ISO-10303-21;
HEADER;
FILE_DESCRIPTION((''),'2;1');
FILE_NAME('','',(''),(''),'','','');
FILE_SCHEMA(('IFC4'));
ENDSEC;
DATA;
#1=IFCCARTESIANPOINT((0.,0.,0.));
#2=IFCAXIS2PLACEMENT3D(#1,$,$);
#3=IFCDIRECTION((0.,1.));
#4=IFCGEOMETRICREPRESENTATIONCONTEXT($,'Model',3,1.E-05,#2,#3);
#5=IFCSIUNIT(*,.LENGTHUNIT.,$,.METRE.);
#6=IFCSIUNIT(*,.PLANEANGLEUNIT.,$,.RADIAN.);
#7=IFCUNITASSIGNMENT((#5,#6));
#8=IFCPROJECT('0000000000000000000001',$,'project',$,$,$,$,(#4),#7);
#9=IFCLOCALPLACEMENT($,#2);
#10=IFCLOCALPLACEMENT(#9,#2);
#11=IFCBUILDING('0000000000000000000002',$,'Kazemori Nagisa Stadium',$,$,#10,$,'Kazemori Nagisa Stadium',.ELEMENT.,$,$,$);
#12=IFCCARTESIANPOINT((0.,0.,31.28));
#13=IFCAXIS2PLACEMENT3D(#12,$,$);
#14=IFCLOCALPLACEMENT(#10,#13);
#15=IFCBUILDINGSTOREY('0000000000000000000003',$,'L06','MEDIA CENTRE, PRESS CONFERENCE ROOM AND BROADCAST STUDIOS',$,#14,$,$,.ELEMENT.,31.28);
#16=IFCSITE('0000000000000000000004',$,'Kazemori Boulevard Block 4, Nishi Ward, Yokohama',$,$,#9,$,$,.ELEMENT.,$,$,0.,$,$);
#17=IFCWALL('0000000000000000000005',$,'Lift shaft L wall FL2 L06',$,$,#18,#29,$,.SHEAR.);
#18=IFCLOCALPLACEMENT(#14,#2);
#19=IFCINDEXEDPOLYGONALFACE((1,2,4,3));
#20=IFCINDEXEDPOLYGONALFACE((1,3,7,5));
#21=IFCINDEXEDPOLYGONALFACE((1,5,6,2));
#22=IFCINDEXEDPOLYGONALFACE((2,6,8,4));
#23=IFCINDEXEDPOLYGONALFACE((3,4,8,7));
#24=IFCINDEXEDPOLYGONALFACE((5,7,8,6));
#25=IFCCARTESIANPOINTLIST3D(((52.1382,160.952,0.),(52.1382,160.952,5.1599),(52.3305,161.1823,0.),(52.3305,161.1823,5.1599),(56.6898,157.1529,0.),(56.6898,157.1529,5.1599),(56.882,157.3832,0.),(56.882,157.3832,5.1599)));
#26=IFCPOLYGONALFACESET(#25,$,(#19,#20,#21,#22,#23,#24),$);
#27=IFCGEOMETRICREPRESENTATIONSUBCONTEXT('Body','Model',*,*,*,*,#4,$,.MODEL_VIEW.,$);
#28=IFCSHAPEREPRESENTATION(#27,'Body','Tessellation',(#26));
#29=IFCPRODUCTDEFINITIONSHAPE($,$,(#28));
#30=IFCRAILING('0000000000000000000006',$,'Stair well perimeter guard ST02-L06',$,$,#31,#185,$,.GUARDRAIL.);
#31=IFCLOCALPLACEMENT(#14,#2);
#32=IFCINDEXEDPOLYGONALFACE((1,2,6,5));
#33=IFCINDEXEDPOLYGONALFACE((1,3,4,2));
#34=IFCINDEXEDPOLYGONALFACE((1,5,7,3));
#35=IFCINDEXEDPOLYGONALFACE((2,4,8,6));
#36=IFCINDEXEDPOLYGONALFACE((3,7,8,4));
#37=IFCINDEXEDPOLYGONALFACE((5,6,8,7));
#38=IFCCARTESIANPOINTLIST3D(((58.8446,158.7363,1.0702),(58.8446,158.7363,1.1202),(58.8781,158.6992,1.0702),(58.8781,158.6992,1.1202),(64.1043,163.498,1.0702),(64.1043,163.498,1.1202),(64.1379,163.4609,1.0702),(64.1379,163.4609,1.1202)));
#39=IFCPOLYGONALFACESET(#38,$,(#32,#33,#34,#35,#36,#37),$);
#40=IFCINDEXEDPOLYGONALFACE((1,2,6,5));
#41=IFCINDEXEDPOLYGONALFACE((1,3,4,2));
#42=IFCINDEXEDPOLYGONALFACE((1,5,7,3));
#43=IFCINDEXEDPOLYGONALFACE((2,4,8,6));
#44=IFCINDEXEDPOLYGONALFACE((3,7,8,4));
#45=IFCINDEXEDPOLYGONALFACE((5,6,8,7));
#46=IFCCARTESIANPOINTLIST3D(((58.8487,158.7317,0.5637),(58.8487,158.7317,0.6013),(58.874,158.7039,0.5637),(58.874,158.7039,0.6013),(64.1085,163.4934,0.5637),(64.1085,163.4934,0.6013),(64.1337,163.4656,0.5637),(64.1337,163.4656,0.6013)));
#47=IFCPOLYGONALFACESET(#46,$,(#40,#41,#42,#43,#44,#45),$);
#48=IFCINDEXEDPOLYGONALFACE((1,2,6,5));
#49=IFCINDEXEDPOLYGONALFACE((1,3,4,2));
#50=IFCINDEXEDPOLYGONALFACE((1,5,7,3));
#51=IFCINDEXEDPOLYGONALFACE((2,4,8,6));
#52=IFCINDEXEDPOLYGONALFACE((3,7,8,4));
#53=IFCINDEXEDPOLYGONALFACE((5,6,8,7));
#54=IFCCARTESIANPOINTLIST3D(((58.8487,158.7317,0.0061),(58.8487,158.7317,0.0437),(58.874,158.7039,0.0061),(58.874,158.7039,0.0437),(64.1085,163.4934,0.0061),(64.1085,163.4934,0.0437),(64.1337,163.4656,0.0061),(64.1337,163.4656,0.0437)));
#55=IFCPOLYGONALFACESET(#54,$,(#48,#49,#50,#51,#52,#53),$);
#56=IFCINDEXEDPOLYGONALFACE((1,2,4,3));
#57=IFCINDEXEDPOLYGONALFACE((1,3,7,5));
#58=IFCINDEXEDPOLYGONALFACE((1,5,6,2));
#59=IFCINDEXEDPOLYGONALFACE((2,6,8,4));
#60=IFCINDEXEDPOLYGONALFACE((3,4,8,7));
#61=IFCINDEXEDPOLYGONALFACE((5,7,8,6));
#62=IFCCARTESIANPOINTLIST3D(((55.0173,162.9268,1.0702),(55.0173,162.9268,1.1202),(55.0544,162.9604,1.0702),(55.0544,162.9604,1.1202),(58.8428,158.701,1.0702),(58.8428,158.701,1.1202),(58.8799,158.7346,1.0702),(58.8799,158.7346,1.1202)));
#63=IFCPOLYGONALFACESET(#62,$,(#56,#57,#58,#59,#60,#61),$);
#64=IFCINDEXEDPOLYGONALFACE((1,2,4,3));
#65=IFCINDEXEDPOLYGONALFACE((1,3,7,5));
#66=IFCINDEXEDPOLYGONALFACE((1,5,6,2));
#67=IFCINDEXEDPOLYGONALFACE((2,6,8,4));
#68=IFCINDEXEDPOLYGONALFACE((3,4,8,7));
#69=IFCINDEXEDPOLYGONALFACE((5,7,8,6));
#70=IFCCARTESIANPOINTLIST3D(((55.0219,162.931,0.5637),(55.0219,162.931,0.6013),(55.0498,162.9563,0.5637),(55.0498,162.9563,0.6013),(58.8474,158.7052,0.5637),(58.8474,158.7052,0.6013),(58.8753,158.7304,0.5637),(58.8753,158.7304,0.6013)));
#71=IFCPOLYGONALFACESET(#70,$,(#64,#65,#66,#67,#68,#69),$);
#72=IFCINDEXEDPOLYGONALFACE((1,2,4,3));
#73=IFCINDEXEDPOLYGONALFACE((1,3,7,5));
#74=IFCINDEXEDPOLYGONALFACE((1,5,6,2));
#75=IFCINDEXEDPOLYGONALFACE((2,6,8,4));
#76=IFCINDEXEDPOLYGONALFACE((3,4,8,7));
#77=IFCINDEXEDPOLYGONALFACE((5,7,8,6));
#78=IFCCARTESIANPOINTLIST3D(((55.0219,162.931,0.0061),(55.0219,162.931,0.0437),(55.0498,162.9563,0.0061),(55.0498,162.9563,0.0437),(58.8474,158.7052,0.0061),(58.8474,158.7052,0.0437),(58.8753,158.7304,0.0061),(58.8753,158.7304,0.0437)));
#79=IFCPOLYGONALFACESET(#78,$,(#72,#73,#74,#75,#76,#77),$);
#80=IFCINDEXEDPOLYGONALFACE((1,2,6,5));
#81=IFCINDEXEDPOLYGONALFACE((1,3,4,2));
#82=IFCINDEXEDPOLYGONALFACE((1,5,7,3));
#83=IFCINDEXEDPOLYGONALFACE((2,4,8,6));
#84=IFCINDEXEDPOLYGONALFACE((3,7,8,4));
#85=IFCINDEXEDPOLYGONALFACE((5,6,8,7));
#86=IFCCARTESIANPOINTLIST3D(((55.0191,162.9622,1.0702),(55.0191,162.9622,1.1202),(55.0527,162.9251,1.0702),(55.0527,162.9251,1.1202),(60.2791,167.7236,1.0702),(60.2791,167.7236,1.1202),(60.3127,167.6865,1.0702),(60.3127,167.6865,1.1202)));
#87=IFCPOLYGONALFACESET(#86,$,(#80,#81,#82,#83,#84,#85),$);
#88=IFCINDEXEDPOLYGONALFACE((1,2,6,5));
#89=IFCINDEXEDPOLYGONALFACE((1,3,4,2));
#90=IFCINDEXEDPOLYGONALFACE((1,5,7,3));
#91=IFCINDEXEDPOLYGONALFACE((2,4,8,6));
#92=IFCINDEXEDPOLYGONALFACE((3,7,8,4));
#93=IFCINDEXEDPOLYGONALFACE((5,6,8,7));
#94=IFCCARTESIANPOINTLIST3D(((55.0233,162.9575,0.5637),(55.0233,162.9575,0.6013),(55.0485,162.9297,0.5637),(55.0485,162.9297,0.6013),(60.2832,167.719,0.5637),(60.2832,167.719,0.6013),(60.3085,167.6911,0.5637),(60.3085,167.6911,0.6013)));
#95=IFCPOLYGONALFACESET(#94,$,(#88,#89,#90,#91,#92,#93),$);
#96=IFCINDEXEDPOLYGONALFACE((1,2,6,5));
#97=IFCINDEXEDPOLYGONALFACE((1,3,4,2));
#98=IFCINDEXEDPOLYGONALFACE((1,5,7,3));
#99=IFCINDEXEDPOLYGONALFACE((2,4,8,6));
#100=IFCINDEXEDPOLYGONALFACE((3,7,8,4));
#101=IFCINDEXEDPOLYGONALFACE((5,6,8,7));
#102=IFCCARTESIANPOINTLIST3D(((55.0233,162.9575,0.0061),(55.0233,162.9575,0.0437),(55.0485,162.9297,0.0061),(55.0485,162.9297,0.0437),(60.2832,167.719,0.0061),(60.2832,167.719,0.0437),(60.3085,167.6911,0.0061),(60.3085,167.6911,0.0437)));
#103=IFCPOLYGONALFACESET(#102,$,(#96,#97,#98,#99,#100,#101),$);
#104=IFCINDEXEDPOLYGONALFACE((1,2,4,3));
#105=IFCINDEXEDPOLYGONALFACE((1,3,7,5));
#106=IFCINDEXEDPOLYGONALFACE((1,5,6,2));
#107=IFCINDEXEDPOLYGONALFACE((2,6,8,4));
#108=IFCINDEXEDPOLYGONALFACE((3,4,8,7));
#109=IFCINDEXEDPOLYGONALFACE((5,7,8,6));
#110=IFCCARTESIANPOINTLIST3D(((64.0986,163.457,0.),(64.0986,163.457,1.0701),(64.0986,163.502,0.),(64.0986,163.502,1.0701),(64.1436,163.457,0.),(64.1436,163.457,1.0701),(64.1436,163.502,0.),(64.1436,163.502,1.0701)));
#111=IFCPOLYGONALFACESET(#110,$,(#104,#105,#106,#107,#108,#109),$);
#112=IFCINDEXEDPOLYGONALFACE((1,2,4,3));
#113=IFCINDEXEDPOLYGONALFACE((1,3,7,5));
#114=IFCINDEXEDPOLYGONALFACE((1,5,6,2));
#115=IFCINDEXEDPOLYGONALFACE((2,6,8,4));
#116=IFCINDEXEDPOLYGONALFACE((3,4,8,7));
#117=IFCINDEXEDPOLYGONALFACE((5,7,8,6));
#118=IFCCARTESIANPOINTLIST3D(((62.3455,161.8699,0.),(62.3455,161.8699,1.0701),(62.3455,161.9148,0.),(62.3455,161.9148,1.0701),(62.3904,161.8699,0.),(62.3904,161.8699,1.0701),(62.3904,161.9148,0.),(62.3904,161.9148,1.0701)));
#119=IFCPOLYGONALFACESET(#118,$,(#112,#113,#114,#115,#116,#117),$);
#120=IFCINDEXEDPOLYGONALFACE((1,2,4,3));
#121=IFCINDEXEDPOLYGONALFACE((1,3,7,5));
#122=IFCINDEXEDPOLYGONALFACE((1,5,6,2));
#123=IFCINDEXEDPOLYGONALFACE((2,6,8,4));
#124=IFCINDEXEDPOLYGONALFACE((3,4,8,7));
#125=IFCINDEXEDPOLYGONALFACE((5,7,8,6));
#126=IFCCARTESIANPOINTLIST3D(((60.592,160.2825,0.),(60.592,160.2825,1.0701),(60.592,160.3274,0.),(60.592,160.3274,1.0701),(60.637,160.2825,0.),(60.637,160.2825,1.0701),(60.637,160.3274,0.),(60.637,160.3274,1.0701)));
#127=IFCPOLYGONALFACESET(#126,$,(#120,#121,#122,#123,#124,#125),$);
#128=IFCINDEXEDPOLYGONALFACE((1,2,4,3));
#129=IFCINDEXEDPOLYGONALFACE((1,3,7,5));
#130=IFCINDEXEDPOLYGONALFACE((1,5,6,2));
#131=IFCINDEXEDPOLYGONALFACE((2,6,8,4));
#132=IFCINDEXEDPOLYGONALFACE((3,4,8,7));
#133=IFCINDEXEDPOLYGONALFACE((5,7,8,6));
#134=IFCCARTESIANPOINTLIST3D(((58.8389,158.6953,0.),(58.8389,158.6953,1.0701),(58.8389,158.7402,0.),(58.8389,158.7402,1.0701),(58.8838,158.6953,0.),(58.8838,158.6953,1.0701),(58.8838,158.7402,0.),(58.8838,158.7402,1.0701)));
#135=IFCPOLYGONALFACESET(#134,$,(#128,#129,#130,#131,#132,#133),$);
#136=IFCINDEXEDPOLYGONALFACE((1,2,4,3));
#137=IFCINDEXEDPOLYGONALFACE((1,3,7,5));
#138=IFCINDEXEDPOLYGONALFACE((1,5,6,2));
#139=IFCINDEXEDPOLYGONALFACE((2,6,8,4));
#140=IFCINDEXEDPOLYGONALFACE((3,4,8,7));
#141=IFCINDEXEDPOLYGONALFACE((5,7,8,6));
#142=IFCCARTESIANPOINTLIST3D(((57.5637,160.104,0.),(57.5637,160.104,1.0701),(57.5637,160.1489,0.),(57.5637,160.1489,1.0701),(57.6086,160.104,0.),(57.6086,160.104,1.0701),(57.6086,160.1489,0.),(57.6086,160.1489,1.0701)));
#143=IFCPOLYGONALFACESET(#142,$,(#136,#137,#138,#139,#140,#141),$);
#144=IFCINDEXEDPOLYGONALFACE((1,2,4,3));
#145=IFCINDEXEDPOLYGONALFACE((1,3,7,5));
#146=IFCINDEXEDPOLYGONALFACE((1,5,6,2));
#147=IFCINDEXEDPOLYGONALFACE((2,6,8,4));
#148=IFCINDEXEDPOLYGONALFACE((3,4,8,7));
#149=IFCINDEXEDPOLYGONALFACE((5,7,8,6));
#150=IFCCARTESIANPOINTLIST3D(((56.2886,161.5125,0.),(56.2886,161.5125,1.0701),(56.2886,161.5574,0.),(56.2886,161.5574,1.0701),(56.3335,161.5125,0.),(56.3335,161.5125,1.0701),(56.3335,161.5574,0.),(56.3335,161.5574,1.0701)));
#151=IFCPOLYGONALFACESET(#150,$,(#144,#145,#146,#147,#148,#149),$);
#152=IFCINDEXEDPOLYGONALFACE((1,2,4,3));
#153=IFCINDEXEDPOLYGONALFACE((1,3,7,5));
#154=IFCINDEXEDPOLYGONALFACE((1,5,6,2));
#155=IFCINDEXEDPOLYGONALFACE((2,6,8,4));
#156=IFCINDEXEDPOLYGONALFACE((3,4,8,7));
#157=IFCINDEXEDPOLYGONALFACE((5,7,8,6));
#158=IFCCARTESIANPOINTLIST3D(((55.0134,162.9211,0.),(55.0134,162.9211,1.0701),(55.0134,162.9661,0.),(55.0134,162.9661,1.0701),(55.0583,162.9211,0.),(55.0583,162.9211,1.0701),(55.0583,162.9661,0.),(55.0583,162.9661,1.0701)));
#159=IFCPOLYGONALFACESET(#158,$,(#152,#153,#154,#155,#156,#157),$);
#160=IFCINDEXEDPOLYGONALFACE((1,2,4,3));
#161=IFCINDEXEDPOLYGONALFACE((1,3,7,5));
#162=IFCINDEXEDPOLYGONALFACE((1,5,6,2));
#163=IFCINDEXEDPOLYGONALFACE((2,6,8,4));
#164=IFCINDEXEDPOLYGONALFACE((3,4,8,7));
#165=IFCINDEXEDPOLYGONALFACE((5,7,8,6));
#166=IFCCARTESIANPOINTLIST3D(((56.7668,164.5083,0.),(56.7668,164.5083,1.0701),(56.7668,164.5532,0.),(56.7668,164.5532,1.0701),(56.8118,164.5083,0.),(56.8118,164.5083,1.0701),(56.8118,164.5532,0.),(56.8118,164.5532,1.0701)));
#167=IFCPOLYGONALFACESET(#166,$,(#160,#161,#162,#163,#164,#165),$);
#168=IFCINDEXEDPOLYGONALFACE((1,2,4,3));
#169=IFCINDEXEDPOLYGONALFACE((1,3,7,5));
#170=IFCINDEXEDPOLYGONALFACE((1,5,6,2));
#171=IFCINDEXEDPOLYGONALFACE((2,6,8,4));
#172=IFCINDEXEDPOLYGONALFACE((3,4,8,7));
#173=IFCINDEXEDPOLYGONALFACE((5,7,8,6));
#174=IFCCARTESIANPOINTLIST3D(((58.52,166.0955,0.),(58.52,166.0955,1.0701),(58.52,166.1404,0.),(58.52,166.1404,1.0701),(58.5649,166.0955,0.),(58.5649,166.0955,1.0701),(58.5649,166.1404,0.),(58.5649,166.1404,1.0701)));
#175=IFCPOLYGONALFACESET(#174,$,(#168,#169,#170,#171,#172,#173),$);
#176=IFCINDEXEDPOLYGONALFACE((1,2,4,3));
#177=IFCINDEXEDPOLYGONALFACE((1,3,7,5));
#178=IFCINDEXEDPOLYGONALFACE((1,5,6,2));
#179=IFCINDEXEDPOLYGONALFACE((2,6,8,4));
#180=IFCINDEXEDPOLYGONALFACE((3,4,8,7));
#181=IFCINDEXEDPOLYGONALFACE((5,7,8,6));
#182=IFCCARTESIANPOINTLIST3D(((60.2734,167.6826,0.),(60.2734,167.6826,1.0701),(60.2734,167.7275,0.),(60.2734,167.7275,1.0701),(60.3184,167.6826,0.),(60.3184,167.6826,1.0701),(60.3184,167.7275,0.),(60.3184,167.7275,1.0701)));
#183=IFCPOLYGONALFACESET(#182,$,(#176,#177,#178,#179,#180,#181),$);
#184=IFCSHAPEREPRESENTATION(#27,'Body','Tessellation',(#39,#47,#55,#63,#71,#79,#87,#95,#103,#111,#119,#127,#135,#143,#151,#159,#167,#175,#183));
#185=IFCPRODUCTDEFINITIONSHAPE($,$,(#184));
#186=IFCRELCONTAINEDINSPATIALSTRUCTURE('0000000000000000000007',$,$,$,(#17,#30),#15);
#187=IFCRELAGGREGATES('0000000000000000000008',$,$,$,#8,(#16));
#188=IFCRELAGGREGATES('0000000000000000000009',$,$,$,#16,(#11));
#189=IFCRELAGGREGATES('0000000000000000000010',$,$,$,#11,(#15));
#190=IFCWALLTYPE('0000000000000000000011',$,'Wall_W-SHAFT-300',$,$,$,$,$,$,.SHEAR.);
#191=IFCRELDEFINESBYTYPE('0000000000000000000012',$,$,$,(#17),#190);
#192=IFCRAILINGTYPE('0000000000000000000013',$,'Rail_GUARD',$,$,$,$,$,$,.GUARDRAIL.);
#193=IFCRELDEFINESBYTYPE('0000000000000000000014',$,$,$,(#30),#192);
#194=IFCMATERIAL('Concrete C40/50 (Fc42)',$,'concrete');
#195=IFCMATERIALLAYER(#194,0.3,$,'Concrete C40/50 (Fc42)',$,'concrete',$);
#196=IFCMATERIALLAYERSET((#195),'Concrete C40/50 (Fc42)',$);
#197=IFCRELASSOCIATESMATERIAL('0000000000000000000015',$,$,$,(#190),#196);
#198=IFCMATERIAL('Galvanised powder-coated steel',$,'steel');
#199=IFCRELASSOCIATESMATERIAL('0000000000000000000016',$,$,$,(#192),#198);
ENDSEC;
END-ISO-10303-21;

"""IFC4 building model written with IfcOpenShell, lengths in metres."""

from ifc_helpers import new_model, si_unit, direction, frame, frame_2d, origin, origin_2d, place, context, subcontext, project, spatial, rectangle, extrude, material, layer, layer_set, type_object, element, save


model = new_model("IFC4")

# Units and contexts
model_context = context("Model", 3, precision=1e-05, world=origin(), true_north=direction((0.0, 1.0)))
body_context = subcontext(model_context, "Body", "Model", "MODEL_VIEW")
ifc_project = project(units=[si_unit("LENGTHUNIT", "METRE"), si_unit("PLANEANGLEUNIT", "RADIAN")], contexts=[model_context])

# Site, building, storey
site_placement = place(None, origin())
site = spatial("IfcSite", under=ifc_project, at=site_placement, Name="Kazemori Boulevard Block 4, Nishi Ward, Yokohama", CompositionType="ELEMENT", RefElevation=0.0)
building_placement = place(site_placement, origin())
building = spatial("IfcBuilding", under=site, at=building_placement, Name="Kazemori Nagisa Stadium", LongName="Kazemori Nagisa Stadium", CompositionType="ELEMENT")
storey_placement = place(building_placement, frame((0.0, 0.0, 31.28)))
storey = spatial("IfcBuildingStorey", under=building, at=storey_placement, Name="L06", Description="MEDIA CENTRE, PRESS CONFERENCE ROOM AND BROADCAST STUDIOS", CompositionType="ELEMENT", Elevation=31.28)

# Shared definitions
ifc_material_1 = material(Name="Concrete C40/50 (Fc42)", Category="concrete")

# Shared definitions
ifc_layer_1 = layer(ifc_material_1, 0.3, Name="Concrete C40/50 (Fc42)", Category="concrete")
ifc_layer_set_1 = layer_set([ifc_layer_1], Name="Concrete C40/50 (Fc42)")
wall_type_1 = type_object("IfcWallType", Name="Wall_W-SHAFT-300", PredefinedType="SHEAR", material=ifc_layer_set_1)

# Wall
wall_1_placement = place(storey_placement, frame((56.7859, 157.2681, 0.0), z_axis=(0.0, 0.0, 1.0), x_axis=(-0.767711, 0.640796, 0.0)))
element("IfcWall", 1, at=wall_1_placement, inside=storey, type_object=wall_type_1, Name="Lift shaft L wall FL2 L06", PredefinedType="SHEAR", context=body_context, shape_type="SweptSolid", body=[
    extrude(rectangle(XDim=5.9287, YDim=0.3, at=frame_2d((2.9644, 0.0))), origin(), (0.0, 0.0, 1.0), 5.1599),
])

# Railing
ifc_material_2 = material(Name="Galvanised powder-coated steel", Category="steel")
railing_type_1 = type_object("IfcRailingType", Name="Rail_GUARD", PredefinedType="GUARDRAIL", material=ifc_material_2)
railing_1_placement = place(storey_placement, frame((64.1211, 163.4795, 0.0)))
element("IfcRailing", 2, at=railing_1_placement, inside=storey, type_object=railing_type_1, Name="Stair well perimeter guard ST02-L06", PredefinedType="GUARDRAIL", context=body_context, shape_type="SweptSolid", body=[
    extrude(rectangle(XDim=0.05, YDim=0.05, at=origin_2d()), frame((0.0, 0.0, 1.0952), z_axis=(-0.741334, -0.671137, 0.0), x_axis=(0.671137, -0.741334, 0.0)), (0.0, 0.0, 1.0), 7.095),
    extrude(rectangle(XDim=0.0376, YDim=0.0376, at=origin_2d()), frame((0.0, 0.0, 0.5825), z_axis=(-0.741334, -0.671137, 0.0), x_axis=(0.671137, -0.741334, 0.0)), (0.0, 0.0, 1.0), 7.095),
    extrude(rectangle(XDim=0.0376, YDim=0.0376, at=origin_2d()), frame((0.0, 0.0, 0.0249), z_axis=(-0.741334, -0.671137, 0.0), x_axis=(0.671137, -0.741334, 0.0)), (0.0, 0.0, 1.0), 7.095),
    extrude(rectangle(XDim=0.05, YDim=0.05, at=origin_2d()), frame((-5.2598, -4.7617, 1.0952), z_axis=(-0.671113, 0.741355, 0.0), x_axis=(-0.741355, -0.671113, 0.0)), (0.0, 0.0, 1.0), 5.7002),
    extrude(rectangle(XDim=0.0376, YDim=0.0376, at=origin_2d()), frame((-5.2598, -4.7617, 0.5825), z_axis=(-0.671113, 0.741355, 0.0), x_axis=(-0.741355, -0.671113, 0.0)), (0.0, 0.0, 1.0), 5.7002),
    extrude(rectangle(XDim=0.0376, YDim=0.0376, at=origin_2d()), frame((-5.2598, -4.7617, 0.0249), z_axis=(-0.671113, 0.741355, 0.0), x_axis=(-0.741355, -0.671113, 0.0)), (0.0, 0.0, 1.0), 5.7002),
    extrude(rectangle(XDim=0.05, YDim=0.05, at=origin_2d()), frame((-9.0852, -0.5359, 1.0952), z_axis=(0.741366, 0.671101, 0.0), x_axis=(-0.671101, 0.741366, 0.0)), (0.0, 0.0, 1.0), 7.095),
    extrude(rectangle(XDim=0.0376, YDim=0.0376, at=origin_2d()), frame((-9.0852, -0.5359, 0.5825), z_axis=(0.741366, 0.671101, 0.0), x_axis=(-0.671101, 0.741366, 0.0)), (0.0, 0.0, 1.0), 7.095),
    extrude(rectangle(XDim=0.0376, YDim=0.0376, at=origin_2d()), frame((-9.0852, -0.5359, 0.0249), z_axis=(0.741366, 0.671101, 0.0), x_axis=(-0.671101, 0.741366, 0.0)), (0.0, 0.0, 1.0), 7.095),
    extrude(rectangle(XDim=0.0449, YDim=0.0449, at=origin_2d()), origin(), (0.0, 0.0, 1.0), 1.0701),
    extrude(rectangle(XDim=0.0449, YDim=0.0449, at=origin_2d()), frame((-1.7532, -1.5872, 0.0)), (0.0, 0.0, 1.0), 1.0701),
    extrude(rectangle(XDim=0.0449, YDim=0.0449, at=origin_2d()), frame((-3.5066, -3.1746, 0.0)), (0.0, 0.0, 1.0), 1.0701),
    extrude(rectangle(XDim=0.0449, YDim=0.0449, at=origin_2d()), frame((-5.2598, -4.7617, 0.0)), (0.0, 0.0, 1.0), 1.0701),
    extrude(rectangle(XDim=0.0449, YDim=0.0449, at=origin_2d()), frame((-6.5349, -3.353, 0.0)), (0.0, 0.0, 1.0), 1.0701),
    extrude(rectangle(XDim=0.0449, YDim=0.0449, at=origin_2d()), frame((-7.8101, -1.9446, 0.0)), (0.0, 0.0, 1.0), 1.0701),
    extrude(rectangle(XDim=0.0449, YDim=0.0449, at=origin_2d()), frame((-9.0852, -0.5359, 0.0)), (0.0, 0.0, 1.0), 1.0701),
    extrude(rectangle(XDim=0.0449, YDim=0.0449, at=origin_2d()), frame((-7.3318, 1.0513, 0.0)), (0.0, 0.0, 1.0), 1.0701),
    extrude(rectangle(XDim=0.0449, YDim=0.0449, at=origin_2d()), frame((-5.5786, 2.6384, 0.0)), (0.0, 0.0, 1.0), 1.0701),
    extrude(rectangle(XDim=0.0449, YDim=0.0449, at=origin_2d()), frame((-3.8252, 4.2256, 0.0)), (0.0, 0.0, 1.0), 1.0701),
])

save(model, "model.ifc")
